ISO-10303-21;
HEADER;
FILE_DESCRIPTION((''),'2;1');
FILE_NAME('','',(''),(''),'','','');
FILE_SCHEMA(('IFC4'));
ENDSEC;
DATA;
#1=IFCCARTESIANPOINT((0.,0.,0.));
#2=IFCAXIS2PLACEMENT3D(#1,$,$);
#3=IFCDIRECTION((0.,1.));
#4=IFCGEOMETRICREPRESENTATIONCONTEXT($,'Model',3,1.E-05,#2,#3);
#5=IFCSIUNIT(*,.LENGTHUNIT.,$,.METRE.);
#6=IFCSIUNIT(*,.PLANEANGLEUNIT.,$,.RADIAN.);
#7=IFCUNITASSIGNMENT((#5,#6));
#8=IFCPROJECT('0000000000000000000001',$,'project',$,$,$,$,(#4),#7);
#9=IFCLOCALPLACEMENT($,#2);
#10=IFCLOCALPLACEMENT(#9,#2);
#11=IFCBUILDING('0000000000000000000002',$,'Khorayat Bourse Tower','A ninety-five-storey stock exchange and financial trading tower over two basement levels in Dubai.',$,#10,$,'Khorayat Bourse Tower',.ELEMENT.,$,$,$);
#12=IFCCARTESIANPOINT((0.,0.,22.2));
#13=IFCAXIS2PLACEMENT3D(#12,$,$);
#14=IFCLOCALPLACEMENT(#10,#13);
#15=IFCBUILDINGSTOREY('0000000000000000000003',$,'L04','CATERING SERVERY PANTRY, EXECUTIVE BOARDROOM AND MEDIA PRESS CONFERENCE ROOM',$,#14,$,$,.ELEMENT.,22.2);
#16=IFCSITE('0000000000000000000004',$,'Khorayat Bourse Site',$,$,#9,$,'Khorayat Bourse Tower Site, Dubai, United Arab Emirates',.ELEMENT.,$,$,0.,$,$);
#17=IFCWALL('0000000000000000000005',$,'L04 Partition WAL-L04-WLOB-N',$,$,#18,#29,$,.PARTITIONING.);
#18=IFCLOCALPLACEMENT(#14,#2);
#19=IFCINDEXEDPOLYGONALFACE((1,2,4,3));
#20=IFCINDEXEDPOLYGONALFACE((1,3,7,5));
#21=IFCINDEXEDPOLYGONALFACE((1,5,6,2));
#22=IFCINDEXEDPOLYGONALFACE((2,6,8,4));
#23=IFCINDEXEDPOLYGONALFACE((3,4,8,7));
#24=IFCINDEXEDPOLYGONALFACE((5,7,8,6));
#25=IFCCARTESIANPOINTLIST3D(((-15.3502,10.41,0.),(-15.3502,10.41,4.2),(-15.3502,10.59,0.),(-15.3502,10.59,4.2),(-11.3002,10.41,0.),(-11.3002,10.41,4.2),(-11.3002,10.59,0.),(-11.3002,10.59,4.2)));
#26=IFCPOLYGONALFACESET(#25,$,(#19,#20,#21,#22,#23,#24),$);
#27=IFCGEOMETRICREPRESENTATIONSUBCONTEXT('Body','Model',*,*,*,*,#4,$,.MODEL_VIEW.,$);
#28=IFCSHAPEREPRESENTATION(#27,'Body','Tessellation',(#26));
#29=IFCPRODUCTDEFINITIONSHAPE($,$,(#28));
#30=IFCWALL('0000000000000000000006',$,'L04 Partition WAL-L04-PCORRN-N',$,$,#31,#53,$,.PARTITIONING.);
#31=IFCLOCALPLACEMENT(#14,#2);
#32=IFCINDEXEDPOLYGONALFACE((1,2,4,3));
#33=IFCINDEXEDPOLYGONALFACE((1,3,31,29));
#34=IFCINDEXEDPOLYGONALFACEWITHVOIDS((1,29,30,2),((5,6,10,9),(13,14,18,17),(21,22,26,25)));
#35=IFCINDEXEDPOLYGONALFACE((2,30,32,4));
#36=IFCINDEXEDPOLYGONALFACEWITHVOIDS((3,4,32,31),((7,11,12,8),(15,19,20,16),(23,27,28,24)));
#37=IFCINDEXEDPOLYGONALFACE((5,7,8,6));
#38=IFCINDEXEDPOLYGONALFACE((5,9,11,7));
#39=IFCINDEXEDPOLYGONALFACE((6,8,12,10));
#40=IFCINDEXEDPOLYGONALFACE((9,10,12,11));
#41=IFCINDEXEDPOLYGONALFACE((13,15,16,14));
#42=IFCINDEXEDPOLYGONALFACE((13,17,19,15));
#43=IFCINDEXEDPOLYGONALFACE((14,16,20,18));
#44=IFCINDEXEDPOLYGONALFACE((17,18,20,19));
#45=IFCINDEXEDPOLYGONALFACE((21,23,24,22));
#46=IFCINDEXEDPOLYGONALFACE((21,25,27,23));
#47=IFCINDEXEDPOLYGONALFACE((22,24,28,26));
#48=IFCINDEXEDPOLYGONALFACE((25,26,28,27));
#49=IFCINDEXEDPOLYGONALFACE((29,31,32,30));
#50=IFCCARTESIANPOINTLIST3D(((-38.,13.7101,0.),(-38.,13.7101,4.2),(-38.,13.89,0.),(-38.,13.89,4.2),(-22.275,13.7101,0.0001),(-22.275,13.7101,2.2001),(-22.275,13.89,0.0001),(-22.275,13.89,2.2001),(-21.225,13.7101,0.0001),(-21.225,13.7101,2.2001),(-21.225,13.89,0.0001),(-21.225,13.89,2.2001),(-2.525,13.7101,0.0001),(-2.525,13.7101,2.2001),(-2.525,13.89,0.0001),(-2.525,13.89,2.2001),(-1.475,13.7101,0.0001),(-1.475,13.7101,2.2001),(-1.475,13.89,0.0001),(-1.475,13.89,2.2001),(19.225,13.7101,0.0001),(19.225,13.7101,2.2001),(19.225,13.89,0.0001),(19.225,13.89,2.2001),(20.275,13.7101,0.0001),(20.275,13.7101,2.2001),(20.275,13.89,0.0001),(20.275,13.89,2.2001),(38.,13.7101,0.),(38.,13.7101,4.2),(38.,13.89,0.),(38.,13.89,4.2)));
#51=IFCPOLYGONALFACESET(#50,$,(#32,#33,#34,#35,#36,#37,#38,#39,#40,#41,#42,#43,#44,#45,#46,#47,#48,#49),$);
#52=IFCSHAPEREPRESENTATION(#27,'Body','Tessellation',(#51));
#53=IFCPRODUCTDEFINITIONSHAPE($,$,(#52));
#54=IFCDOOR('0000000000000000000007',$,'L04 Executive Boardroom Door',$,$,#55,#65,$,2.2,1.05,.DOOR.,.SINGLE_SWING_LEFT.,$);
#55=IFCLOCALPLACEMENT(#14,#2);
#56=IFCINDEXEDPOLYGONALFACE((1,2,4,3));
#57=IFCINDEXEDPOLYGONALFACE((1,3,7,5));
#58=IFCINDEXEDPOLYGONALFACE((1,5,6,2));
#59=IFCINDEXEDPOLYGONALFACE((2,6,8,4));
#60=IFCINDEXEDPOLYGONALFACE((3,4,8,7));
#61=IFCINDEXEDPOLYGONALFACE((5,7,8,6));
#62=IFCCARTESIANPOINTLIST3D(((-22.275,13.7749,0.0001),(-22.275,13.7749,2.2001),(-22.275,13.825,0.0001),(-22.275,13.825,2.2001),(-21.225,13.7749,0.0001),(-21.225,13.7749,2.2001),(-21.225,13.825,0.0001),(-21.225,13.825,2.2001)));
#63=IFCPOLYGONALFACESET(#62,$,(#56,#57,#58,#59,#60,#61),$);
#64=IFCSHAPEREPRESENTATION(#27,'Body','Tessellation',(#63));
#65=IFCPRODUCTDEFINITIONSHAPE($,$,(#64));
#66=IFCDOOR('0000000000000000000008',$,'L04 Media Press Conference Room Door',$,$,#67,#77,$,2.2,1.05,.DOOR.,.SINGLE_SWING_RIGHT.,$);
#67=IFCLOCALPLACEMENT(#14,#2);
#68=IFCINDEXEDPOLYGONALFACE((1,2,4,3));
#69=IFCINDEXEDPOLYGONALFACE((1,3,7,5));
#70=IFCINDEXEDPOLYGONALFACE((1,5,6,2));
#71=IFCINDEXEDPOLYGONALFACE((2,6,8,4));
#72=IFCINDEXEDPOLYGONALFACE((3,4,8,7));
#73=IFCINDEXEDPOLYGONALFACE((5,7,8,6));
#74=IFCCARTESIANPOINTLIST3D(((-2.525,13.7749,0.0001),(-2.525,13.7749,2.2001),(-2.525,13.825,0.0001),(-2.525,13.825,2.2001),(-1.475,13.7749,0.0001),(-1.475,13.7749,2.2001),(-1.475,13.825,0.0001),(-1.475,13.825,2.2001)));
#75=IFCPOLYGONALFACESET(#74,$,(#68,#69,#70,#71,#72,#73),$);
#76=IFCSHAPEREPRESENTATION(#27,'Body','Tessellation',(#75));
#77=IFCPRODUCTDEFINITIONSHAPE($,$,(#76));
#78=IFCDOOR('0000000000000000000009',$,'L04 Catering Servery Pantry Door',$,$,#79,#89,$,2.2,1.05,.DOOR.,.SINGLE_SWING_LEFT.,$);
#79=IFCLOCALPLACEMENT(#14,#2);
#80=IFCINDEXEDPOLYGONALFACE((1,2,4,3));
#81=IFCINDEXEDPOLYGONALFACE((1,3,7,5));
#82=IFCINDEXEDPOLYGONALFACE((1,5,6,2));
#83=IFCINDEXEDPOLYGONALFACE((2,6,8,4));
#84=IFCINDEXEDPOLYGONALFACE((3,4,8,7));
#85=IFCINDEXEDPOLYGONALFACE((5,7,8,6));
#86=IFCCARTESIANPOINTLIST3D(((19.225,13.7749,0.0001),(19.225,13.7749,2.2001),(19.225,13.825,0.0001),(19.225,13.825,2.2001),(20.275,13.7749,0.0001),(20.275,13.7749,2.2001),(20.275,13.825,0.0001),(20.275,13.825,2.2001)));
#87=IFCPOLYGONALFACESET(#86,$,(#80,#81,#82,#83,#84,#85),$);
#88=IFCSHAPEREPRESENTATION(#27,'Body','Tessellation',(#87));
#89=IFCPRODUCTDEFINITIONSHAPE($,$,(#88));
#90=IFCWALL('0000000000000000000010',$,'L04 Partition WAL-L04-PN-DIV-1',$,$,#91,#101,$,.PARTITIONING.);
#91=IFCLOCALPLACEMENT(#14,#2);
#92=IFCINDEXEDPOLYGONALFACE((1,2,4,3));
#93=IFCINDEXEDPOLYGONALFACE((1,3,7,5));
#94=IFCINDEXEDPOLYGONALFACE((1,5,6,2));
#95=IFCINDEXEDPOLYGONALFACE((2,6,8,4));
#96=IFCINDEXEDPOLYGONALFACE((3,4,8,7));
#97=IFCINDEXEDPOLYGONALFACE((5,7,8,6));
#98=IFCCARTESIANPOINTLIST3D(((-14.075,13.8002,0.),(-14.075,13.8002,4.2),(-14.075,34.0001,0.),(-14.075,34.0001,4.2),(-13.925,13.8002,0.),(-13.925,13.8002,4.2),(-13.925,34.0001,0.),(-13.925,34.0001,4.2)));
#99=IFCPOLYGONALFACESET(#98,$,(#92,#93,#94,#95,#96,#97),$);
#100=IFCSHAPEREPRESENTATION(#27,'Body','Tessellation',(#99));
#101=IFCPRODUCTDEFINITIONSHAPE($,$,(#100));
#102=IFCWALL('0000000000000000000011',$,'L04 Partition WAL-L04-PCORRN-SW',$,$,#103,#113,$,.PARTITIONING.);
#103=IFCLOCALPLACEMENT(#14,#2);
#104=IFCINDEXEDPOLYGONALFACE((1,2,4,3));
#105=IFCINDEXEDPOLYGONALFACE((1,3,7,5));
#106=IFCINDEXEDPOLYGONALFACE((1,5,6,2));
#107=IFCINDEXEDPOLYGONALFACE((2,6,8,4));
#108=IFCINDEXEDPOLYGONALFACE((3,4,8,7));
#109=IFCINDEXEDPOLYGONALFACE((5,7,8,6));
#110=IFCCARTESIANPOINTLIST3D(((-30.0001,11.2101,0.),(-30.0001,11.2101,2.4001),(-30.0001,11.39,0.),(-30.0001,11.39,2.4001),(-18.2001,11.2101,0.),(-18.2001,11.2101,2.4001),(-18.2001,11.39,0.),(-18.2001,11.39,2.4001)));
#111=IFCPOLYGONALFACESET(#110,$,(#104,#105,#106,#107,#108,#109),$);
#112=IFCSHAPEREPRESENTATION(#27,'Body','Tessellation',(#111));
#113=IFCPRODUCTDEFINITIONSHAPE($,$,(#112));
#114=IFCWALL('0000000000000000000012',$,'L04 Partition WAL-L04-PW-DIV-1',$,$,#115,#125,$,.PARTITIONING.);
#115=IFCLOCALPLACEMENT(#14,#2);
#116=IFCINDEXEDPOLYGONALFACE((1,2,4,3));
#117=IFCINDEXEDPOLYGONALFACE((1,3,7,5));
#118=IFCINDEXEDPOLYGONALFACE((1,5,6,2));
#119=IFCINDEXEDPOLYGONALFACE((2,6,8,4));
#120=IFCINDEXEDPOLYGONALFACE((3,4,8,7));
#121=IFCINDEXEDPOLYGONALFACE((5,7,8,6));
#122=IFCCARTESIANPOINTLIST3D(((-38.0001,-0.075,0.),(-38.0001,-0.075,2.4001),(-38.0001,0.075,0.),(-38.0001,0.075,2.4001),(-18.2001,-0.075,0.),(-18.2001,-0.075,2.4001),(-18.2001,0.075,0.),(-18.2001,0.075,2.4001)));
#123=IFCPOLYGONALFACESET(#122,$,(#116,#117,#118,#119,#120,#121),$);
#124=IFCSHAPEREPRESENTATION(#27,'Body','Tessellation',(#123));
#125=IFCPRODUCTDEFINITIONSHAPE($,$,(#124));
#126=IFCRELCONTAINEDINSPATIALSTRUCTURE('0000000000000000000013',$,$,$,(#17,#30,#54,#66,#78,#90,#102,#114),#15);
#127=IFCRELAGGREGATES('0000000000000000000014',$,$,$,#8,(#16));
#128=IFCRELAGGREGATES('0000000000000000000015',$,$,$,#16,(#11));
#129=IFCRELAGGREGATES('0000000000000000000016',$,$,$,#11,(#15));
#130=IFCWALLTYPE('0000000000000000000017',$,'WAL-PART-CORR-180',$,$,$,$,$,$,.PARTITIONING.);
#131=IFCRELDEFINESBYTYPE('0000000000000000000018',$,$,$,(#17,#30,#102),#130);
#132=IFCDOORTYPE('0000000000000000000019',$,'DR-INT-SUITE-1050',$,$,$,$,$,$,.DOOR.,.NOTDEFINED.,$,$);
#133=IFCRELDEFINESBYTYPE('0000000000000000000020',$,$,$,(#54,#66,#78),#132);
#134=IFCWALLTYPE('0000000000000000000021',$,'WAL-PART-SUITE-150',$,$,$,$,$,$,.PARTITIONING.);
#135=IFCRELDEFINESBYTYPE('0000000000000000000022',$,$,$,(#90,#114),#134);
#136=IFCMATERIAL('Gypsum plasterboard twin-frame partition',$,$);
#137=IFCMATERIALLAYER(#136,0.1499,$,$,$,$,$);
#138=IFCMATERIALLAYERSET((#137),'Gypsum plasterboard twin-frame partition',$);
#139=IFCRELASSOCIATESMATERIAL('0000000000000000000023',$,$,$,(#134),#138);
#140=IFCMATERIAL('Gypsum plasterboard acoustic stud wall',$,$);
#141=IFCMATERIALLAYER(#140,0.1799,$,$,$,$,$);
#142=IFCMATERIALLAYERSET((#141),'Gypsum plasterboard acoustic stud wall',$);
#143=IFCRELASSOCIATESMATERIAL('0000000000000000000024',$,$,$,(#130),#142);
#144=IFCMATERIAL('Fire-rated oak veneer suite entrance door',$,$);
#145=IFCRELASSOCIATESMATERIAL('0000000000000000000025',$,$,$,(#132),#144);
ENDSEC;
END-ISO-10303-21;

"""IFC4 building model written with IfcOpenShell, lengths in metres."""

from ifc_helpers import new_model, si_unit, direction, frame, frame_2d, origin, place, context, subcontext, project, spatial, rectangle, extrude, source, transform, mapped, material, layer, layer_set, type_object, element, fill, save


model = new_model("IFC4")

# Units and contexts
model_context = context("Model", 3, precision=1e-05, world=origin(), true_north=direction((0.0, 1.0)))
body_context = subcontext(model_context, "Body", "Model", "MODEL_VIEW")
ifc_project = project(units=[si_unit("LENGTHUNIT", "METRE"), si_unit("PLANEANGLEUNIT", "RADIAN")], contexts=[model_context])

# Site, building, storey
site_placement = place(None, origin())
site = spatial("IfcSite", under=ifc_project, at=site_placement, Name="Khorayat Bourse Site", LongName="Khorayat Bourse Tower Site, Dubai, United Arab Emirates", CompositionType="ELEMENT", RefElevation=0.0)
building_placement = place(site_placement, origin())
building = spatial("IfcBuilding", under=site, at=building_placement, Name="Khorayat Bourse Tower", Description="A ninety-five-storey stock exchange and financial trading tower over two basement levels in Dubai.", LongName="Khorayat Bourse Tower", CompositionType="ELEMENT")
storey_placement = place(building_placement, frame((0.0, 0.0, 22.2)))
storey = spatial("IfcBuildingStorey", under=building, at=storey_placement, Name="L04", Description="CATERING SERVERY PANTRY, EXECUTIVE BOARDROOM AND MEDIA PRESS CONFERENCE ROOM", CompositionType="ELEMENT", Elevation=22.2)

# Wall
ifc_material_1 = material(Name="Gypsum plasterboard twin-frame partition")
ifc_layer_1 = layer(ifc_material_1, 0.1499)
ifc_layer_set_1 = layer_set([ifc_layer_1], Name="Gypsum plasterboard twin-frame partition")
wall_type_1 = type_object("IfcWallType", Name="WAL-PART-SUITE-150", PredefinedType="PARTITIONING", material=ifc_layer_set_1)
ifc_material_2 = material(Name="Gypsum plasterboard acoustic stud wall")
ifc_layer_2 = layer(ifc_material_2, 0.1799)
ifc_layer_set_2 = layer_set([ifc_layer_2], Name="Gypsum plasterboard acoustic stud wall")
wall_type_2 = type_object("IfcWallType", Name="WAL-PART-CORR-180", PredefinedType="PARTITIONING", material=ifc_layer_set_2)
shared_shape_1 = source(origin(), body_context, "Body", "SweptSolid", [
    extrude(rectangle(XDim=4.05, YDim=0.1799, at=frame_2d((2.0249, 0.0))), origin(), (0.0, 0.0, 1.0), 4.2),
])
wall_1_placement = place(storey_placement, frame((-15.3501, 10.5, 0.0), z_axis=(0.0, 0.0, 1.0), x_axis=(1.0, 0.0, 0.0)))
element("IfcWall", 1, at=wall_1_placement, inside=storey, type_object=wall_type_2, Name="L04 Partition WAL-L04-WLOB-N", PredefinedType="PARTITIONING", context=body_context, shape_type="MappedRepresentation", body=[
    mapped(shared_shape_1, transform((0.0, 0.0, 0.0), scale=1.0)),
])

# Wall, openings, doors
shared_shape_2 = source(origin(), body_context, "Body", "SweptSolid", [
    extrude(rectangle(XDim=76.0, YDim=0.1799, at=frame_2d((38.0, 0.0))), origin(), (0.0, 0.0, 1.0), 4.2),
])
wall_2_placement = place(storey_placement, frame((-38.0, 13.8, 0.0), z_axis=(0.0, 0.0, 1.0), x_axis=(1.0, 0.0, 0.0)))
wall_2 = element("IfcWall", 2, at=wall_2_placement, inside=storey, type_object=wall_type_2, Name="L04 Partition WAL-L04-PCORRN-N", PredefinedType="PARTITIONING", context=body_context, shape_type="MappedRepresentation", body=[
    mapped(shared_shape_2, transform((0.0, 0.0, 0.0), scale=1.0)),
])
shared_shape_3 = source(origin(), body_context, "Body", "SweptSolid", [
    extrude(rectangle(XDim=1.05, YDim=2.2, at=frame_2d((0.5249, 1.1001))), frame((0.0, 0.0999, 0.0), z_axis=(0.0, -1.0, 0.0), x_axis=(1.0, 0.0, 0.0)), (0.0, 0.0, 1.0), 0.2),
])
opening_1_placement = place(wall_2_placement, frame((15.7251, 0.0, 0.0)))
opening_1 = element("IfcOpeningElement", 3, at=opening_1_placement, cuts=wall_2, PredefinedType="OPENING", context=body_context, shape_type="MappedRepresentation", body=[
    mapped(shared_shape_3, transform((0.0, 0.0, 0.0), scale=1.0)),
])
opening_2_placement = place(wall_2_placement, frame((35.4751, 0.0, 0.0)))
opening_2 = element("IfcOpeningElement", 4, at=opening_2_placement, cuts=wall_2, PredefinedType="OPENING", context=body_context, shape_type="MappedRepresentation", body=[
    mapped(shared_shape_3, transform((0.0, 0.0, 0.0), scale=1.0)),
])
opening_3_placement = place(wall_2_placement, frame((57.2251, 0.0, 0.0)))
opening_3 = element("IfcOpeningElement", 5, at=opening_3_placement, cuts=wall_2, PredefinedType="OPENING", context=body_context, shape_type="MappedRepresentation", body=[
    mapped(shared_shape_3, transform((0.0, 0.0, 0.0), scale=1.0)),
])
ifc_material_3 = material(Name="Fire-rated oak veneer suite entrance door")
door_type = type_object("IfcDoorType", Name="DR-INT-SUITE-1050", OperationType="NOTDEFINED", PredefinedType="DOOR", material=ifc_material_3)
shared_shape_4 = source(origin(), body_context, "Body", "SweptSolid", [
    extrude(rectangle(XDim=1.05, YDim=2.2, at=frame_2d((0.5249, 1.1001))), frame((0.0, 0.0249, 0.0), z_axis=(0.0, -1.0, 0.0), x_axis=(1.0, 0.0, 0.0)), (0.0, 0.0, 1.0), 0.05),
])
door_1_placement = place(opening_1_placement, origin())
door_1 = element("IfcDoor", 6, at=door_1_placement, inside=storey, type_object=door_type, Name="L04 Executive Boardroom Door", OperationType="SINGLE_SWING_LEFT", OverallHeight=2.2, OverallWidth=1.05, PredefinedType="DOOR", context=body_context, shape_type="MappedRepresentation", body=[
    mapped(shared_shape_4, transform((0.0, 0.0, 0.0), scale=1.0)),
])
fill(opening_1, door_1)
door_2_placement = place(opening_2_placement, origin())
door_2 = element("IfcDoor", 7, at=door_2_placement, inside=storey, type_object=door_type, Name="L04 Media Press Conference Room Door", OperationType="SINGLE_SWING_RIGHT", OverallHeight=2.2, OverallWidth=1.05, PredefinedType="DOOR", context=body_context, shape_type="MappedRepresentation", body=[
    mapped(shared_shape_4, transform((0.0, 0.0, 0.0), scale=1.0)),
])
fill(opening_2, door_2)
door_3_placement = place(opening_3_placement, origin())
door_3 = element("IfcDoor", 8, at=door_3_placement, inside=storey, type_object=door_type, Name="L04 Catering Servery Pantry Door", OperationType="SINGLE_SWING_LEFT", OverallHeight=2.2, OverallWidth=1.05, PredefinedType="DOOR", context=body_context, shape_type="MappedRepresentation", body=[
    mapped(shared_shape_4, transform((0.0, 0.0, 0.0), scale=1.0)),
])
fill(opening_3, door_3)

# Walls
shared_shape_5 = source(origin(), body_context, "Body", "SweptSolid", [
    extrude(rectangle(XDim=20.2, YDim=0.1499, at=frame_2d((10.1001, 0.0))), origin(), (0.0, 0.0, 1.0), 4.2),
])
wall_3_placement = place(storey_placement, frame((-14.0, 13.8, 0.0), z_axis=(0.0, 0.0, 1.0), x_axis=(0.0, 1.0, 0.0)))
element("IfcWall", 9, at=wall_3_placement, inside=storey, type_object=wall_type_1, Name="L04 Partition WAL-L04-PN-DIV-1", PredefinedType="PARTITIONING", context=body_context, shape_type="MappedRepresentation", body=[
    mapped(shared_shape_5, transform((0.0, 0.0, 0.0), scale=1.0)),
])
shared_shape_6 = source(origin(), body_context, "Body", "SweptSolid", [
    extrude(rectangle(XDim=11.8, YDim=0.1799, at=frame_2d((5.8999, 0.0))), origin(), (0.0, 0.0, 1.0), 2.4001),
])
wall_4_placement = place(storey_placement, frame((-30.0, 11.3, 0.0), z_axis=(0.0, 0.0, 1.0), x_axis=(1.0, 0.0, 0.0)))
element("IfcWall", 10, at=wall_4_placement, inside=storey, type_object=wall_type_2, Name="L04 Partition WAL-L04-PCORRN-SW", PredefinedType="PARTITIONING", context=body_context, shape_type="MappedRepresentation", body=[
    mapped(shared_shape_6, transform((0.0, 0.0, 0.0), scale=1.0)),
])
shared_shape_7 = source(origin(), body_context, "Body", "SweptSolid", [
    extrude(rectangle(XDim=19.8, YDim=0.1499, at=frame_2d((9.8999, 0.0))), origin(), (0.0, 0.0, 1.0), 2.4001),
])
wall_5_placement = place(storey_placement, frame((-38.0, 0.0, 0.0), z_axis=(0.0, 0.0, 1.0), x_axis=(1.0, 0.0, 0.0)))
element("IfcWall", 11, at=wall_5_placement, inside=storey, type_object=wall_type_1, Name="L04 Partition WAL-L04-PW-DIV-1", PredefinedType="PARTITIONING", context=body_context, shape_type="MappedRepresentation", body=[
    mapped(shared_shape_7, transform((0.0, 0.0, 0.0), scale=1.0)),
])

save(model, "model.ifc")
